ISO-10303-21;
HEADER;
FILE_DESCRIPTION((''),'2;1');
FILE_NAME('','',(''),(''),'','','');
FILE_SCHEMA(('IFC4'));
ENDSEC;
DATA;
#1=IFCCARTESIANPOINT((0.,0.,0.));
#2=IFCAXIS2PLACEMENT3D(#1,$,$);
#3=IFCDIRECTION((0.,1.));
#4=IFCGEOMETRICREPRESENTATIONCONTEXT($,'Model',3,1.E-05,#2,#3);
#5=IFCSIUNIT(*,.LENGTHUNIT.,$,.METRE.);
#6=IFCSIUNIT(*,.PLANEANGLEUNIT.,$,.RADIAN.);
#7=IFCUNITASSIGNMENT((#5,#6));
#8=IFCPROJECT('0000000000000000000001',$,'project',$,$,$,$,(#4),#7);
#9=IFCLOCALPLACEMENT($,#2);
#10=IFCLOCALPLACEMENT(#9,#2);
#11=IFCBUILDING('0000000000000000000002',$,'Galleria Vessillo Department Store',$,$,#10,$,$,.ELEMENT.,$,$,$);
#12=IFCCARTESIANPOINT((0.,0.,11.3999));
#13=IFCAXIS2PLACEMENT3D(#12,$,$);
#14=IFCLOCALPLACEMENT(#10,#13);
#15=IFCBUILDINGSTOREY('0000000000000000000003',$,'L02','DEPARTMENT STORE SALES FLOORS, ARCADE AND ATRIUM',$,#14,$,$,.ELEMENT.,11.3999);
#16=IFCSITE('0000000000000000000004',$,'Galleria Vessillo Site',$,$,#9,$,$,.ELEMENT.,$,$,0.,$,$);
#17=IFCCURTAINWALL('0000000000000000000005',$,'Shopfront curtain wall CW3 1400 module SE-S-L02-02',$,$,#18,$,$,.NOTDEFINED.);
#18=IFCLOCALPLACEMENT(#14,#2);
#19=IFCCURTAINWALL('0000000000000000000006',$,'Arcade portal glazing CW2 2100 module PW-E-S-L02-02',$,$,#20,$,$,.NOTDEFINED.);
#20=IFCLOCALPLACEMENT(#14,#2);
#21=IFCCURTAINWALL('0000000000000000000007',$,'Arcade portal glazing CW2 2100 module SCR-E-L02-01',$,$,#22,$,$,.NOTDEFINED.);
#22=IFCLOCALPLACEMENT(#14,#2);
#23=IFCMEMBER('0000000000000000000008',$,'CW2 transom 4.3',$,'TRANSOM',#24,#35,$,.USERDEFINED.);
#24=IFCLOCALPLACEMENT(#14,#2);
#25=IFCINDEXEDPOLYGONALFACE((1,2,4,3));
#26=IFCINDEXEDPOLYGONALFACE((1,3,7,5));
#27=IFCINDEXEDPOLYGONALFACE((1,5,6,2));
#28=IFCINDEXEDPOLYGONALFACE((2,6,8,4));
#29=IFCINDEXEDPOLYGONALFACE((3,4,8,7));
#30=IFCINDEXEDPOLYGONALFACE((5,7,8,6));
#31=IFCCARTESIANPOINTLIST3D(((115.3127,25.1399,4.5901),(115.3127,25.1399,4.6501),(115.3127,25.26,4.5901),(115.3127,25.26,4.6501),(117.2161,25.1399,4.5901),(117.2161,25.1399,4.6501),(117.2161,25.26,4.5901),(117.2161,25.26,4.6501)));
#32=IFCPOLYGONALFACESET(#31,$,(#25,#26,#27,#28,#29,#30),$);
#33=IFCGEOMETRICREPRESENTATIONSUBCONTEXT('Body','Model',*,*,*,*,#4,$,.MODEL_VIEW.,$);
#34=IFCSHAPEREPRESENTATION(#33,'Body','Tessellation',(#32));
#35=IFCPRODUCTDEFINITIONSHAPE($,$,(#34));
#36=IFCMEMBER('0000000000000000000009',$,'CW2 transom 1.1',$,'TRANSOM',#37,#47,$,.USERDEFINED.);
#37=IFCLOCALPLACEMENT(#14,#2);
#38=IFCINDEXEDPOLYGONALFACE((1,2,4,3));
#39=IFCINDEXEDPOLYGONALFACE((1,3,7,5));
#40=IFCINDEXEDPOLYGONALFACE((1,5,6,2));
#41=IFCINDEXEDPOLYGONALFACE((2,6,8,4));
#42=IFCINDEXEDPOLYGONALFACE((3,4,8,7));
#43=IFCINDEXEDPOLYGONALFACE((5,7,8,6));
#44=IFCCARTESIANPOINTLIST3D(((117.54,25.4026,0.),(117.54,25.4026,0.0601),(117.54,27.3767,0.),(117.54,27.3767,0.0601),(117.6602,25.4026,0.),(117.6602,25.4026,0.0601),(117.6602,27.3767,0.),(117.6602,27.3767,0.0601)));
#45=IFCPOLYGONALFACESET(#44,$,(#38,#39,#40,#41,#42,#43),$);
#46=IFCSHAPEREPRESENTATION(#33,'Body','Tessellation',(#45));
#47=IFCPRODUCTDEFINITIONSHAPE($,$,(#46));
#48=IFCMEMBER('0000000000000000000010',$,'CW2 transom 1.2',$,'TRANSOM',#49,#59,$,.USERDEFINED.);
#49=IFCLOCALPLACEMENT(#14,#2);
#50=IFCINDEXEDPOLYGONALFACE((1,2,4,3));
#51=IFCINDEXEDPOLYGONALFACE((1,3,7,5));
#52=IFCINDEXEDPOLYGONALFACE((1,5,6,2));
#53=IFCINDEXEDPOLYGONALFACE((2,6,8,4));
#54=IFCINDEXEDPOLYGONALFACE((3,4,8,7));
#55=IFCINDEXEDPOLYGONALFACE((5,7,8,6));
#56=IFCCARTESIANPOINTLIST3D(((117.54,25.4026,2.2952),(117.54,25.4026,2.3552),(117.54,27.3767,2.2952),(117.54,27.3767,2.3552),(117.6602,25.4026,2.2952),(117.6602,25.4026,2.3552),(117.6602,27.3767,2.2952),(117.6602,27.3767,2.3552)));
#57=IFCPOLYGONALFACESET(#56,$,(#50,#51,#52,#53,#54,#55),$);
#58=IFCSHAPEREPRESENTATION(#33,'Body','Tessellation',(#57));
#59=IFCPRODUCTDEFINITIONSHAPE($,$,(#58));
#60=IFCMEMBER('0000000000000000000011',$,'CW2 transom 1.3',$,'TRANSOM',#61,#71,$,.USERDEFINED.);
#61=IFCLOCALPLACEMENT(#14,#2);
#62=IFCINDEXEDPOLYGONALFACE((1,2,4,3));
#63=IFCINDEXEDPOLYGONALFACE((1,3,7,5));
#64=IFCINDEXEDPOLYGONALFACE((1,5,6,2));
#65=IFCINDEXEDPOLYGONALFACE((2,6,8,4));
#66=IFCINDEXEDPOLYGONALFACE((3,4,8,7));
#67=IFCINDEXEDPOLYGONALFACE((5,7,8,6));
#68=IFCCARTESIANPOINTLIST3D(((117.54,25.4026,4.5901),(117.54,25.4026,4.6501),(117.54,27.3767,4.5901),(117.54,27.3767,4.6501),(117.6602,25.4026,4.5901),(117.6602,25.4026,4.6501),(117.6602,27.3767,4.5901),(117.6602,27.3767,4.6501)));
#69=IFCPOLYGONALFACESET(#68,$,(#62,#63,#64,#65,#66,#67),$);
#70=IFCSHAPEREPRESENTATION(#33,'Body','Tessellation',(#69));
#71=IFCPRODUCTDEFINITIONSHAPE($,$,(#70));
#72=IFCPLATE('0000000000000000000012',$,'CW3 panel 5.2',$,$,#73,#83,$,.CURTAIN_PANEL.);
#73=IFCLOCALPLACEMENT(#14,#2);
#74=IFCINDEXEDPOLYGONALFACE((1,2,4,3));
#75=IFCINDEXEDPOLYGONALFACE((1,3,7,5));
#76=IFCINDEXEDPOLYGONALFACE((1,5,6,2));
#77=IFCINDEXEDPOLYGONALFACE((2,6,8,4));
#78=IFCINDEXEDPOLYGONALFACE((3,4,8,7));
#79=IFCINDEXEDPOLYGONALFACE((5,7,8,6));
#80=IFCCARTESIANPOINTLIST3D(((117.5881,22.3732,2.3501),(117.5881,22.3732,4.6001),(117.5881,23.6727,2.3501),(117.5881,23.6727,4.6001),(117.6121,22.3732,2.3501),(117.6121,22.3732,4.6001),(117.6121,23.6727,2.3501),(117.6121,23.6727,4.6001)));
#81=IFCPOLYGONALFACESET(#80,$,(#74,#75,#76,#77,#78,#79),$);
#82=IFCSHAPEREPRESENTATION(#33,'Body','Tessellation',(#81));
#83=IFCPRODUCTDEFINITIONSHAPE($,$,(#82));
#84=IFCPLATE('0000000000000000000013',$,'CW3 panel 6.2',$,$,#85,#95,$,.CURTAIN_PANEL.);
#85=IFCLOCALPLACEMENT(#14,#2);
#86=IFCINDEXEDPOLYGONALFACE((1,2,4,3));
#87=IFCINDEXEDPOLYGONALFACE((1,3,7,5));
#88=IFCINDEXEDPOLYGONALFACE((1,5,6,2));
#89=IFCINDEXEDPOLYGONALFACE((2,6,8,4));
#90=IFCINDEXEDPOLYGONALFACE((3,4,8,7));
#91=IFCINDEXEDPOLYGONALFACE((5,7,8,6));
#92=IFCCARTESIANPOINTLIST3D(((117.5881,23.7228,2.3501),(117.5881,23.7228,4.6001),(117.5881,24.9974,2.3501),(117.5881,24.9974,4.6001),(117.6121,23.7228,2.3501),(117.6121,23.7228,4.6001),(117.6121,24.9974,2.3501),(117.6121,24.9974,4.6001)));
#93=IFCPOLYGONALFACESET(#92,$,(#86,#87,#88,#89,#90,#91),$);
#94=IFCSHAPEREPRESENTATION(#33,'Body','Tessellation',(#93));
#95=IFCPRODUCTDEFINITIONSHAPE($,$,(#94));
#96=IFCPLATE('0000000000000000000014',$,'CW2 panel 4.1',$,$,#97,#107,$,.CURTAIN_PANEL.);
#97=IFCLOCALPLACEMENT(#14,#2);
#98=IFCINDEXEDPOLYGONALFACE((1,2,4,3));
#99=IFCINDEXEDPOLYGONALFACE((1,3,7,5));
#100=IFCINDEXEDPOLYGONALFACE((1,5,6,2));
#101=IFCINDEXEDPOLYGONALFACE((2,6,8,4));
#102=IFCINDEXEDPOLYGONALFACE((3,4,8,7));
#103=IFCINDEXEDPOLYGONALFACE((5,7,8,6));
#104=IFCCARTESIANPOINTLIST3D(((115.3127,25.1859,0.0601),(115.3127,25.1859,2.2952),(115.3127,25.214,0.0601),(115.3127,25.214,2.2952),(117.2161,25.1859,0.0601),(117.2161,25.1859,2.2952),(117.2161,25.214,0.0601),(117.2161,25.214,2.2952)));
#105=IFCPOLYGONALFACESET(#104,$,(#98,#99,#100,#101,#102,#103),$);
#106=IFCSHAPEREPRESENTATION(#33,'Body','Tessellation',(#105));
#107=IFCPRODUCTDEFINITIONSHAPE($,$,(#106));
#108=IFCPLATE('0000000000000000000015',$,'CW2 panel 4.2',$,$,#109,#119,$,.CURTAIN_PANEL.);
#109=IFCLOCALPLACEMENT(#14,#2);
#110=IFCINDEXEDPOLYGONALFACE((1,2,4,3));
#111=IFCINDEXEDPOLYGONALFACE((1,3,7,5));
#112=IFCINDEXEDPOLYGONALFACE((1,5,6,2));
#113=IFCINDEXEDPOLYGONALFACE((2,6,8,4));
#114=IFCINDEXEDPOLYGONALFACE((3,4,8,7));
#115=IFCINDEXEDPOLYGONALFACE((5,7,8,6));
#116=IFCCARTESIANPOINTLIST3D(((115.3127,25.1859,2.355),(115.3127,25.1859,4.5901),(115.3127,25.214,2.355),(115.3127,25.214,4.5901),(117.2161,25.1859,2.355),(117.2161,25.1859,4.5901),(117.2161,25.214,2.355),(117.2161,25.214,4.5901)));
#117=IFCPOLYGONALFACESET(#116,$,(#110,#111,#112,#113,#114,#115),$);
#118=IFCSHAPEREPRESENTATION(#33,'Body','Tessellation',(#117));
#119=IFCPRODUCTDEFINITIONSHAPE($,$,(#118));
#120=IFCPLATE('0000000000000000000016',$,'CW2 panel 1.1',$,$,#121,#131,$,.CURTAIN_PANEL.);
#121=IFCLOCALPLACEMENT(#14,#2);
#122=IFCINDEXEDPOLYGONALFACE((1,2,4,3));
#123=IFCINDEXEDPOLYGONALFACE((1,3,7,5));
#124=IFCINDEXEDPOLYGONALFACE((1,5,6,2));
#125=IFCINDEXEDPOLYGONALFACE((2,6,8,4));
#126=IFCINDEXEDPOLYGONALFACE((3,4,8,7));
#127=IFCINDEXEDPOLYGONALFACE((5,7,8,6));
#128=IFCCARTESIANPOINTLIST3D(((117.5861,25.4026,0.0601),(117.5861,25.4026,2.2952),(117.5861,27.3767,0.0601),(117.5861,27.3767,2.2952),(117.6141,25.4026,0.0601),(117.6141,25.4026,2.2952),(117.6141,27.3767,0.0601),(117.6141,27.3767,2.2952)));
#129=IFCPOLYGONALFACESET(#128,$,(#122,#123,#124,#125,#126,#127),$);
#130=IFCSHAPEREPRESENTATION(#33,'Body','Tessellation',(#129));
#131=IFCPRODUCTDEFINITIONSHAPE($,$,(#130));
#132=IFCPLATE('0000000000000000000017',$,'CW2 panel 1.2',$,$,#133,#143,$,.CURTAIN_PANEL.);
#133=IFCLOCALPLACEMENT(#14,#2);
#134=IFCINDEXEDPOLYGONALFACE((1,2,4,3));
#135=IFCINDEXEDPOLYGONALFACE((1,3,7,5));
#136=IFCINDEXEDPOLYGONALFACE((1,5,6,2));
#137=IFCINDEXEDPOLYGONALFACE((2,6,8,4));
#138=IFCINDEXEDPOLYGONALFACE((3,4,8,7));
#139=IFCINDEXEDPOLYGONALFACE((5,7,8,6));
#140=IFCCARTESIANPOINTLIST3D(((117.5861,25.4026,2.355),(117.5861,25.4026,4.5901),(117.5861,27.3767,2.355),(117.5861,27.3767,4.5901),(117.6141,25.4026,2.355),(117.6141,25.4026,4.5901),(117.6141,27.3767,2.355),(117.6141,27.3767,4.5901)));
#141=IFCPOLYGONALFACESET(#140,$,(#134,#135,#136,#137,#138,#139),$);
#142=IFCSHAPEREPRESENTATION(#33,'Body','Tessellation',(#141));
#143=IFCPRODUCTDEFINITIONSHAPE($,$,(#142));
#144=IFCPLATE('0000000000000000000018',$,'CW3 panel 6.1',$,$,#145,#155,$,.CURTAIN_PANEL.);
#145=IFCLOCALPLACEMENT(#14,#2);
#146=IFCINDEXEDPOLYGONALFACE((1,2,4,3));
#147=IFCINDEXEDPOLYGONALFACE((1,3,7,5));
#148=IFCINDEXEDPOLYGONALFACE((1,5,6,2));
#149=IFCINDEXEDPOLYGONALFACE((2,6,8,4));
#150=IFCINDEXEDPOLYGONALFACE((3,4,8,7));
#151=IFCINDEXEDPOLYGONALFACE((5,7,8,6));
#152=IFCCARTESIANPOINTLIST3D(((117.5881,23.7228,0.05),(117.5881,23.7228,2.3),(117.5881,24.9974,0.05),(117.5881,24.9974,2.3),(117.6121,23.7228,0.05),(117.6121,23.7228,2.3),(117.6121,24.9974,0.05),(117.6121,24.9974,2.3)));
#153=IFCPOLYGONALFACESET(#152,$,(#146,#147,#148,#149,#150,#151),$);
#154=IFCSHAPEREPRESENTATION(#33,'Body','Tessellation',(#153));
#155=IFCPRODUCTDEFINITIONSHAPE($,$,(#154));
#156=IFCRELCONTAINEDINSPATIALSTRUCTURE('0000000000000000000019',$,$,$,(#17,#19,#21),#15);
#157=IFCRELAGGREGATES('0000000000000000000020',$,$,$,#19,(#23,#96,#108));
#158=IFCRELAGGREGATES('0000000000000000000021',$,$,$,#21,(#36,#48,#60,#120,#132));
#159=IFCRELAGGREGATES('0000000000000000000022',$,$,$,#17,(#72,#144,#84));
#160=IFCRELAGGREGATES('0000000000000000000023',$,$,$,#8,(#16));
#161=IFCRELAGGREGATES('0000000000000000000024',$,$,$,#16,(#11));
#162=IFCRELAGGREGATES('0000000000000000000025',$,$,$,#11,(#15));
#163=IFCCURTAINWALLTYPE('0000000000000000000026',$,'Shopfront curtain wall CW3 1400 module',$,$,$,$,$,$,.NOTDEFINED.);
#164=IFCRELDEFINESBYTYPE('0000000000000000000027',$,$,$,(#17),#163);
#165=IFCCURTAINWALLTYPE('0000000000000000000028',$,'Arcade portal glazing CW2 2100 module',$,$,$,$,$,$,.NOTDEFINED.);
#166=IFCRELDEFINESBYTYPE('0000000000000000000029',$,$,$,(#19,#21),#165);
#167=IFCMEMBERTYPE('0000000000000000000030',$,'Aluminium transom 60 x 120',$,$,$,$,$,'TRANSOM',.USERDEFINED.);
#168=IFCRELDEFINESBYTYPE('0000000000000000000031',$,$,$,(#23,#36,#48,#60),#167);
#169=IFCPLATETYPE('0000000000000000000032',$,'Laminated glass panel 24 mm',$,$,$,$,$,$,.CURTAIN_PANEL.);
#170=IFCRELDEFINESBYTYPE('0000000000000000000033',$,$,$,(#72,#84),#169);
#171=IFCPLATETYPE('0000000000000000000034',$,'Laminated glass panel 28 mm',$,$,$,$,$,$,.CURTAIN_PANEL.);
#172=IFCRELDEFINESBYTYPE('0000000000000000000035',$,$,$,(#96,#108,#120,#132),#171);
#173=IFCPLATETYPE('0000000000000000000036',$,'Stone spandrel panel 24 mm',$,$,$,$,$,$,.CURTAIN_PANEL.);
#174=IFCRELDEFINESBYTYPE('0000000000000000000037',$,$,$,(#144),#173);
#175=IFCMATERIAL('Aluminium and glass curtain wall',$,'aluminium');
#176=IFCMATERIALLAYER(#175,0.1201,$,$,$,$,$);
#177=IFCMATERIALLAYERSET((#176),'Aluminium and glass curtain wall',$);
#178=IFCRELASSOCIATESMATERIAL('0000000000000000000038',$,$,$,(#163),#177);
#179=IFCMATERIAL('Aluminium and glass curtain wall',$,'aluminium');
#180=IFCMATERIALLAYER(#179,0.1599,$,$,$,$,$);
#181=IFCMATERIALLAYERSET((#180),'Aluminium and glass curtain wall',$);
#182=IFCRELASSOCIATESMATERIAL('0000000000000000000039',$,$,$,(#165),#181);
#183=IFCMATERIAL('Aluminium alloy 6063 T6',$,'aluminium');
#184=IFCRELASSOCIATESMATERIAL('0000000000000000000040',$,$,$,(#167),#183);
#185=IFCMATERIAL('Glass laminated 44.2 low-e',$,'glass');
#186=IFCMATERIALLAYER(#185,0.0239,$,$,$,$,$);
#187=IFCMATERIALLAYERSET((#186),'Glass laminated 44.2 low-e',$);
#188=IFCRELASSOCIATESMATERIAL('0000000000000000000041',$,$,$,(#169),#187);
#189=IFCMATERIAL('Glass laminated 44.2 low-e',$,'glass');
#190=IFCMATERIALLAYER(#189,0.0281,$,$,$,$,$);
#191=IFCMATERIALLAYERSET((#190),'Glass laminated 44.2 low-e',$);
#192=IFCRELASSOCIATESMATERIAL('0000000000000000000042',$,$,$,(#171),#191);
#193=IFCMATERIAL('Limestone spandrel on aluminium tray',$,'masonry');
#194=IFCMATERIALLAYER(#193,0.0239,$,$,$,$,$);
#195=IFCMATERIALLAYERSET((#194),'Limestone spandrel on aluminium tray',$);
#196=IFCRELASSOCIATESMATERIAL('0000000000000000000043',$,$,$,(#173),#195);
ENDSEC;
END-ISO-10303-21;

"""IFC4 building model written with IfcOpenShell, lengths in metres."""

from ifc_helpers import new_model, si_unit, direction, frame, origin, origin_2d, place, context, subcontext, project, spatial, rectangle, extrude, material, layer, layer_set, material_profile, profile_set, type_object, element, aggregate, save


model = new_model("IFC4")

# Units and contexts
model_context = context("Model", 3, precision=1e-05, world=origin(), true_north=direction((0.0, 1.0)))
body_context = subcontext(model_context, "Body", "Model", "MODEL_VIEW")
ifc_project = project(units=[si_unit("LENGTHUNIT", "METRE"), si_unit("PLANEANGLEUNIT", "RADIAN")], contexts=[model_context])

# Site, building, storey
site_placement = place(None, origin())
site = spatial("IfcSite", under=ifc_project, at=site_placement, Name="Galleria Vessillo Site", CompositionType="ELEMENT", RefElevation=0.0)
building_placement = place(site_placement, origin())
building = spatial("IfcBuilding", under=site, at=building_placement, Name="Galleria Vessillo Department Store", CompositionType="ELEMENT")
storey_placement = place(building_placement, frame((0.0, 0.0, 11.3999)))
storey = spatial("IfcBuildingStorey", under=building, at=storey_placement, Name="L02", Description="DEPARTMENT STORE SALES FLOORS, ARCADE AND ATRIUM", CompositionType="ELEMENT", Elevation=11.3999)

# Curtain wall
ifc_material_1 = material(Name="Aluminium and glass curtain wall", Category="aluminium")
ifc_layer_1 = layer(ifc_material_1, 0.1201)
ifc_layer_set_1 = layer_set([ifc_layer_1], Name="Aluminium and glass curtain wall")
curtain_wall_type_1 = type_object("IfcCurtainWallType", Name="Shopfront curtain wall CW3 1400 module", PredefinedType="NOTDEFINED", material=ifc_layer_set_1)
curtain_wall_1_placement = place(storey_placement, origin())
curtain_wall_1 = element("IfcCurtainWall", 1, at=curtain_wall_1_placement, inside=storey, type_object=curtain_wall_type_1, Name="Shopfront curtain wall CW3 1400 module SE-S-L02-02", PredefinedType="NOTDEFINED")

# Curtain wall
ifc_material_2 = material(Name="Aluminium and glass curtain wall", Category="aluminium")
ifc_layer_2 = layer(ifc_material_2, 0.1599)
ifc_layer_set_2 = layer_set([ifc_layer_2], Name="Aluminium and glass curtain wall")
curtain_wall_type_2 = type_object("IfcCurtainWallType", Name="Arcade portal glazing CW2 2100 module", PredefinedType="NOTDEFINED", material=ifc_layer_set_2)
curtain_wall_2_placement = place(storey_placement, origin())
curtain_wall_2 = element("IfcCurtainWall", 2, at=curtain_wall_2_placement, inside=storey, type_object=curtain_wall_type_2, Name="Arcade portal glazing CW2 2100 module PW-E-S-L02-02", PredefinedType="NOTDEFINED")

# Curtain wall
curtain_wall_3_placement = place(storey_placement, origin())
curtain_wall_3 = element("IfcCurtainWall", 3, at=curtain_wall_3_placement, inside=storey, type_object=curtain_wall_type_2, Name="Arcade portal glazing CW2 2100 module SCR-E-L02-01", PredefinedType="NOTDEFINED")

# Members
ifc_material_3 = material(Name="Aluminium alloy 6063 T6", Category="aluminium")
ifc_material_profile_1 = material_profile(ifc_material_3, rectangle(XDim=0.1201, YDim=0.0601, at=origin_2d()), Name="AL 60x120")
ifc_profile_set_1 = profile_set([ifc_material_profile_1], Name="Aluminium alloy 6063 T6")
member_type_1 = type_object("IfcMemberType", Name="Aluminium transom 60 x 120", ElementType="TRANSOM", PredefinedType="USERDEFINED", material=ifc_profile_set_1)
member_1_placement = place(storey_placement, frame((115.3127, 25.2, 4.6201), z_axis=(1.0, 0.0, 0.0), x_axis=(0.0, 1.0, 0.0)))
member_1 = element("IfcMember", 4, at=member_1_placement, type_object=member_type_1, Name="CW2 transom 4.3", ObjectType="TRANSOM", PredefinedType="USERDEFINED", context=body_context, shape_type="SweptSolid", body=[
    extrude(rectangle(XDim=0.1201, YDim=0.0601, at=origin_2d()), origin(), (0.0, 0.0, 1.0), 1.9033),
])
member_2_placement = place(storey_placement, frame((117.6001, 25.4026, 0.03), z_axis=(0.0, 1.0, 0.0), x_axis=(-1.0, 0.0, 0.0)))
member_2 = element("IfcMember", 5, at=member_2_placement, type_object=member_type_1, Name="CW2 transom 1.1", ObjectType="TRANSOM", PredefinedType="USERDEFINED", context=body_context, shape_type="SweptSolid", body=[
    extrude(rectangle(XDim=0.1201, YDim=0.0601, at=origin_2d()), origin(), (0.0, 0.0, 1.0), 1.9741),
])
member_3_placement = place(storey_placement, frame((117.6001, 25.4026, 2.3252), z_axis=(0.0, 1.0, 0.0), x_axis=(-1.0, 0.0, 0.0)))
member_3 = element("IfcMember", 6, at=member_3_placement, type_object=member_type_1, Name="CW2 transom 1.2", ObjectType="TRANSOM", PredefinedType="USERDEFINED", context=body_context, shape_type="SweptSolid", body=[
    extrude(rectangle(XDim=0.1201, YDim=0.0601, at=origin_2d()), origin(), (0.0, 0.0, 1.0), 1.9741),
])
member_4_placement = place(storey_placement, frame((117.6001, 25.4026, 4.6201), z_axis=(0.0, 1.0, 0.0), x_axis=(-1.0, 0.0, 0.0)))
member_4 = element("IfcMember", 7, at=member_4_placement, type_object=member_type_1, Name="CW2 transom 1.3", ObjectType="TRANSOM", PredefinedType="USERDEFINED", context=body_context, shape_type="SweptSolid", body=[
    extrude(rectangle(XDim=0.1201, YDim=0.0601, at=origin_2d()), origin(), (0.0, 0.0, 1.0), 1.9741),
])

# Plates
ifc_material_4 = material(Name="Glass laminated 44.2 low-e", Category="glass")
ifc_layer_3 = layer(ifc_material_4, 0.0239)
ifc_layer_set_3 = layer_set([ifc_layer_3], Name="Glass laminated 44.2 low-e")
plate_type_1 = type_object("IfcPlateType", Name="Laminated glass panel 24 mm", PredefinedType="CURTAIN_PANEL", material=ifc_layer_set_3)
plate_1_placement = place(storey_placement, frame((117.6001, 23.0229, 2.3501), z_axis=(0.0, 0.0, 1.0), x_axis=(0.0, 1.0, 0.0)))
plate_1 = element("IfcPlate", 8, at=plate_1_placement, type_object=plate_type_1, Name="CW3 panel 5.2", PredefinedType="CURTAIN_PANEL", context=body_context, shape_type="SweptSolid", body=[
    extrude(rectangle(XDim=1.2996, YDim=0.0239, at=origin_2d()), origin(), (0.0, 0.0, 1.0), 2.25),
])
plate_2_placement = place(storey_placement, frame((117.6001, 24.3601, 2.3501), z_axis=(0.0, 0.0, 1.0), x_axis=(0.0, 1.0, 0.0)))
plate_2 = element("IfcPlate", 9, at=plate_2_placement, type_object=plate_type_1, Name="CW3 panel 6.2", PredefinedType="CURTAIN_PANEL", context=body_context, shape_type="SweptSolid", body=[
    extrude(rectangle(XDim=1.2747, YDim=0.0239, at=origin_2d()), origin(), (0.0, 0.0, 1.0), 2.25),
])
ifc_material_5 = material(Name="Glass laminated 44.2 low-e", Category="glass")
ifc_layer_4 = layer(ifc_material_5, 0.0281)
ifc_layer_set_4 = layer_set([ifc_layer_4], Name="Glass laminated 44.2 low-e")
plate_type_2 = type_object("IfcPlateType", Name="Laminated glass panel 28 mm", PredefinedType="CURTAIN_PANEL", material=ifc_layer_set_4)
plate_3_placement = place(storey_placement, frame((116.2644, 25.2, 0.0601), z_axis=(0.0, 0.0, 1.0), x_axis=(1.0, 0.0, 0.0)))
plate_3 = element("IfcPlate", 10, at=plate_3_placement, type_object=plate_type_2, Name="CW2 panel 4.1", PredefinedType="CURTAIN_PANEL", context=body_context, shape_type="SweptSolid", body=[
    extrude(rectangle(XDim=1.9033, YDim=0.0281, at=origin_2d()), origin(), (0.0, 0.0, 1.0), 2.2351),
])
plate_4_placement = place(storey_placement, frame((116.2644, 25.2, 2.355), z_axis=(0.0, 0.0, 1.0), x_axis=(1.0, 0.0, 0.0)))
plate_4 = element("IfcPlate", 11, at=plate_4_placement, type_object=plate_type_2, Name="CW2 panel 4.2", PredefinedType="CURTAIN_PANEL", context=body_context, shape_type="SweptSolid", body=[
    extrude(rectangle(XDim=1.9033, YDim=0.0281, at=origin_2d()), origin(), (0.0, 0.0, 1.0), 2.2351),
])
aggregate(curtain_wall_2, [member_1, plate_3, plate_4])
plate_5_placement = place(storey_placement, frame((117.6001, 26.3896, 0.0601), z_axis=(0.0, 0.0, 1.0), x_axis=(0.0, 1.0, 0.0)))
plate_5 = element("IfcPlate", 12, at=plate_5_placement, type_object=plate_type_2, Name="CW2 panel 1.1", PredefinedType="CURTAIN_PANEL", context=body_context, shape_type="SweptSolid", body=[
    extrude(rectangle(XDim=1.9741, YDim=0.0281, at=origin_2d()), origin(), (0.0, 0.0, 1.0), 2.2351),
])
plate_6_placement = place(storey_placement, frame((117.6001, 26.3896, 2.355), z_axis=(0.0, 0.0, 1.0), x_axis=(0.0, 1.0, 0.0)))
plate_6 = element("IfcPlate", 13, at=plate_6_placement, type_object=plate_type_2, Name="CW2 panel 1.2", PredefinedType="CURTAIN_PANEL", context=body_context, shape_type="SweptSolid", body=[
    extrude(rectangle(XDim=1.9741, YDim=0.0281, at=origin_2d()), origin(), (0.0, 0.0, 1.0), 2.2351),
])
aggregate(curtain_wall_3, [member_2, member_3, member_4, plate_5, plate_6])
ifc_material_6 = material(Name="Limestone spandrel on aluminium tray", Category="masonry")
ifc_layer_5 = layer(ifc_material_6, 0.0239)
ifc_layer_set_5 = layer_set([ifc_layer_5], Name="Limestone spandrel on aluminium tray")
plate_type_3 = type_object("IfcPlateType", Name="Stone spandrel panel 24 mm", PredefinedType="CURTAIN_PANEL", material=ifc_layer_set_5)
plate_7_placement = place(storey_placement, frame((117.6001, 24.3601, 0.05), z_axis=(0.0, 0.0, 1.0), x_axis=(0.0, 1.0, 0.0)))
plate_7 = element("IfcPlate", 14, at=plate_7_placement, type_object=plate_type_3, Name="CW3 panel 6.1", PredefinedType="CURTAIN_PANEL", context=body_context, shape_type="SweptSolid", body=[
    extrude(rectangle(XDim=1.2747, YDim=0.0239, at=origin_2d()), origin(), (0.0, 0.0, 1.0), 2.25),
])
aggregate(curtain_wall_1, [plate_1, plate_7, plate_2])

save(model, "model.ifc")
